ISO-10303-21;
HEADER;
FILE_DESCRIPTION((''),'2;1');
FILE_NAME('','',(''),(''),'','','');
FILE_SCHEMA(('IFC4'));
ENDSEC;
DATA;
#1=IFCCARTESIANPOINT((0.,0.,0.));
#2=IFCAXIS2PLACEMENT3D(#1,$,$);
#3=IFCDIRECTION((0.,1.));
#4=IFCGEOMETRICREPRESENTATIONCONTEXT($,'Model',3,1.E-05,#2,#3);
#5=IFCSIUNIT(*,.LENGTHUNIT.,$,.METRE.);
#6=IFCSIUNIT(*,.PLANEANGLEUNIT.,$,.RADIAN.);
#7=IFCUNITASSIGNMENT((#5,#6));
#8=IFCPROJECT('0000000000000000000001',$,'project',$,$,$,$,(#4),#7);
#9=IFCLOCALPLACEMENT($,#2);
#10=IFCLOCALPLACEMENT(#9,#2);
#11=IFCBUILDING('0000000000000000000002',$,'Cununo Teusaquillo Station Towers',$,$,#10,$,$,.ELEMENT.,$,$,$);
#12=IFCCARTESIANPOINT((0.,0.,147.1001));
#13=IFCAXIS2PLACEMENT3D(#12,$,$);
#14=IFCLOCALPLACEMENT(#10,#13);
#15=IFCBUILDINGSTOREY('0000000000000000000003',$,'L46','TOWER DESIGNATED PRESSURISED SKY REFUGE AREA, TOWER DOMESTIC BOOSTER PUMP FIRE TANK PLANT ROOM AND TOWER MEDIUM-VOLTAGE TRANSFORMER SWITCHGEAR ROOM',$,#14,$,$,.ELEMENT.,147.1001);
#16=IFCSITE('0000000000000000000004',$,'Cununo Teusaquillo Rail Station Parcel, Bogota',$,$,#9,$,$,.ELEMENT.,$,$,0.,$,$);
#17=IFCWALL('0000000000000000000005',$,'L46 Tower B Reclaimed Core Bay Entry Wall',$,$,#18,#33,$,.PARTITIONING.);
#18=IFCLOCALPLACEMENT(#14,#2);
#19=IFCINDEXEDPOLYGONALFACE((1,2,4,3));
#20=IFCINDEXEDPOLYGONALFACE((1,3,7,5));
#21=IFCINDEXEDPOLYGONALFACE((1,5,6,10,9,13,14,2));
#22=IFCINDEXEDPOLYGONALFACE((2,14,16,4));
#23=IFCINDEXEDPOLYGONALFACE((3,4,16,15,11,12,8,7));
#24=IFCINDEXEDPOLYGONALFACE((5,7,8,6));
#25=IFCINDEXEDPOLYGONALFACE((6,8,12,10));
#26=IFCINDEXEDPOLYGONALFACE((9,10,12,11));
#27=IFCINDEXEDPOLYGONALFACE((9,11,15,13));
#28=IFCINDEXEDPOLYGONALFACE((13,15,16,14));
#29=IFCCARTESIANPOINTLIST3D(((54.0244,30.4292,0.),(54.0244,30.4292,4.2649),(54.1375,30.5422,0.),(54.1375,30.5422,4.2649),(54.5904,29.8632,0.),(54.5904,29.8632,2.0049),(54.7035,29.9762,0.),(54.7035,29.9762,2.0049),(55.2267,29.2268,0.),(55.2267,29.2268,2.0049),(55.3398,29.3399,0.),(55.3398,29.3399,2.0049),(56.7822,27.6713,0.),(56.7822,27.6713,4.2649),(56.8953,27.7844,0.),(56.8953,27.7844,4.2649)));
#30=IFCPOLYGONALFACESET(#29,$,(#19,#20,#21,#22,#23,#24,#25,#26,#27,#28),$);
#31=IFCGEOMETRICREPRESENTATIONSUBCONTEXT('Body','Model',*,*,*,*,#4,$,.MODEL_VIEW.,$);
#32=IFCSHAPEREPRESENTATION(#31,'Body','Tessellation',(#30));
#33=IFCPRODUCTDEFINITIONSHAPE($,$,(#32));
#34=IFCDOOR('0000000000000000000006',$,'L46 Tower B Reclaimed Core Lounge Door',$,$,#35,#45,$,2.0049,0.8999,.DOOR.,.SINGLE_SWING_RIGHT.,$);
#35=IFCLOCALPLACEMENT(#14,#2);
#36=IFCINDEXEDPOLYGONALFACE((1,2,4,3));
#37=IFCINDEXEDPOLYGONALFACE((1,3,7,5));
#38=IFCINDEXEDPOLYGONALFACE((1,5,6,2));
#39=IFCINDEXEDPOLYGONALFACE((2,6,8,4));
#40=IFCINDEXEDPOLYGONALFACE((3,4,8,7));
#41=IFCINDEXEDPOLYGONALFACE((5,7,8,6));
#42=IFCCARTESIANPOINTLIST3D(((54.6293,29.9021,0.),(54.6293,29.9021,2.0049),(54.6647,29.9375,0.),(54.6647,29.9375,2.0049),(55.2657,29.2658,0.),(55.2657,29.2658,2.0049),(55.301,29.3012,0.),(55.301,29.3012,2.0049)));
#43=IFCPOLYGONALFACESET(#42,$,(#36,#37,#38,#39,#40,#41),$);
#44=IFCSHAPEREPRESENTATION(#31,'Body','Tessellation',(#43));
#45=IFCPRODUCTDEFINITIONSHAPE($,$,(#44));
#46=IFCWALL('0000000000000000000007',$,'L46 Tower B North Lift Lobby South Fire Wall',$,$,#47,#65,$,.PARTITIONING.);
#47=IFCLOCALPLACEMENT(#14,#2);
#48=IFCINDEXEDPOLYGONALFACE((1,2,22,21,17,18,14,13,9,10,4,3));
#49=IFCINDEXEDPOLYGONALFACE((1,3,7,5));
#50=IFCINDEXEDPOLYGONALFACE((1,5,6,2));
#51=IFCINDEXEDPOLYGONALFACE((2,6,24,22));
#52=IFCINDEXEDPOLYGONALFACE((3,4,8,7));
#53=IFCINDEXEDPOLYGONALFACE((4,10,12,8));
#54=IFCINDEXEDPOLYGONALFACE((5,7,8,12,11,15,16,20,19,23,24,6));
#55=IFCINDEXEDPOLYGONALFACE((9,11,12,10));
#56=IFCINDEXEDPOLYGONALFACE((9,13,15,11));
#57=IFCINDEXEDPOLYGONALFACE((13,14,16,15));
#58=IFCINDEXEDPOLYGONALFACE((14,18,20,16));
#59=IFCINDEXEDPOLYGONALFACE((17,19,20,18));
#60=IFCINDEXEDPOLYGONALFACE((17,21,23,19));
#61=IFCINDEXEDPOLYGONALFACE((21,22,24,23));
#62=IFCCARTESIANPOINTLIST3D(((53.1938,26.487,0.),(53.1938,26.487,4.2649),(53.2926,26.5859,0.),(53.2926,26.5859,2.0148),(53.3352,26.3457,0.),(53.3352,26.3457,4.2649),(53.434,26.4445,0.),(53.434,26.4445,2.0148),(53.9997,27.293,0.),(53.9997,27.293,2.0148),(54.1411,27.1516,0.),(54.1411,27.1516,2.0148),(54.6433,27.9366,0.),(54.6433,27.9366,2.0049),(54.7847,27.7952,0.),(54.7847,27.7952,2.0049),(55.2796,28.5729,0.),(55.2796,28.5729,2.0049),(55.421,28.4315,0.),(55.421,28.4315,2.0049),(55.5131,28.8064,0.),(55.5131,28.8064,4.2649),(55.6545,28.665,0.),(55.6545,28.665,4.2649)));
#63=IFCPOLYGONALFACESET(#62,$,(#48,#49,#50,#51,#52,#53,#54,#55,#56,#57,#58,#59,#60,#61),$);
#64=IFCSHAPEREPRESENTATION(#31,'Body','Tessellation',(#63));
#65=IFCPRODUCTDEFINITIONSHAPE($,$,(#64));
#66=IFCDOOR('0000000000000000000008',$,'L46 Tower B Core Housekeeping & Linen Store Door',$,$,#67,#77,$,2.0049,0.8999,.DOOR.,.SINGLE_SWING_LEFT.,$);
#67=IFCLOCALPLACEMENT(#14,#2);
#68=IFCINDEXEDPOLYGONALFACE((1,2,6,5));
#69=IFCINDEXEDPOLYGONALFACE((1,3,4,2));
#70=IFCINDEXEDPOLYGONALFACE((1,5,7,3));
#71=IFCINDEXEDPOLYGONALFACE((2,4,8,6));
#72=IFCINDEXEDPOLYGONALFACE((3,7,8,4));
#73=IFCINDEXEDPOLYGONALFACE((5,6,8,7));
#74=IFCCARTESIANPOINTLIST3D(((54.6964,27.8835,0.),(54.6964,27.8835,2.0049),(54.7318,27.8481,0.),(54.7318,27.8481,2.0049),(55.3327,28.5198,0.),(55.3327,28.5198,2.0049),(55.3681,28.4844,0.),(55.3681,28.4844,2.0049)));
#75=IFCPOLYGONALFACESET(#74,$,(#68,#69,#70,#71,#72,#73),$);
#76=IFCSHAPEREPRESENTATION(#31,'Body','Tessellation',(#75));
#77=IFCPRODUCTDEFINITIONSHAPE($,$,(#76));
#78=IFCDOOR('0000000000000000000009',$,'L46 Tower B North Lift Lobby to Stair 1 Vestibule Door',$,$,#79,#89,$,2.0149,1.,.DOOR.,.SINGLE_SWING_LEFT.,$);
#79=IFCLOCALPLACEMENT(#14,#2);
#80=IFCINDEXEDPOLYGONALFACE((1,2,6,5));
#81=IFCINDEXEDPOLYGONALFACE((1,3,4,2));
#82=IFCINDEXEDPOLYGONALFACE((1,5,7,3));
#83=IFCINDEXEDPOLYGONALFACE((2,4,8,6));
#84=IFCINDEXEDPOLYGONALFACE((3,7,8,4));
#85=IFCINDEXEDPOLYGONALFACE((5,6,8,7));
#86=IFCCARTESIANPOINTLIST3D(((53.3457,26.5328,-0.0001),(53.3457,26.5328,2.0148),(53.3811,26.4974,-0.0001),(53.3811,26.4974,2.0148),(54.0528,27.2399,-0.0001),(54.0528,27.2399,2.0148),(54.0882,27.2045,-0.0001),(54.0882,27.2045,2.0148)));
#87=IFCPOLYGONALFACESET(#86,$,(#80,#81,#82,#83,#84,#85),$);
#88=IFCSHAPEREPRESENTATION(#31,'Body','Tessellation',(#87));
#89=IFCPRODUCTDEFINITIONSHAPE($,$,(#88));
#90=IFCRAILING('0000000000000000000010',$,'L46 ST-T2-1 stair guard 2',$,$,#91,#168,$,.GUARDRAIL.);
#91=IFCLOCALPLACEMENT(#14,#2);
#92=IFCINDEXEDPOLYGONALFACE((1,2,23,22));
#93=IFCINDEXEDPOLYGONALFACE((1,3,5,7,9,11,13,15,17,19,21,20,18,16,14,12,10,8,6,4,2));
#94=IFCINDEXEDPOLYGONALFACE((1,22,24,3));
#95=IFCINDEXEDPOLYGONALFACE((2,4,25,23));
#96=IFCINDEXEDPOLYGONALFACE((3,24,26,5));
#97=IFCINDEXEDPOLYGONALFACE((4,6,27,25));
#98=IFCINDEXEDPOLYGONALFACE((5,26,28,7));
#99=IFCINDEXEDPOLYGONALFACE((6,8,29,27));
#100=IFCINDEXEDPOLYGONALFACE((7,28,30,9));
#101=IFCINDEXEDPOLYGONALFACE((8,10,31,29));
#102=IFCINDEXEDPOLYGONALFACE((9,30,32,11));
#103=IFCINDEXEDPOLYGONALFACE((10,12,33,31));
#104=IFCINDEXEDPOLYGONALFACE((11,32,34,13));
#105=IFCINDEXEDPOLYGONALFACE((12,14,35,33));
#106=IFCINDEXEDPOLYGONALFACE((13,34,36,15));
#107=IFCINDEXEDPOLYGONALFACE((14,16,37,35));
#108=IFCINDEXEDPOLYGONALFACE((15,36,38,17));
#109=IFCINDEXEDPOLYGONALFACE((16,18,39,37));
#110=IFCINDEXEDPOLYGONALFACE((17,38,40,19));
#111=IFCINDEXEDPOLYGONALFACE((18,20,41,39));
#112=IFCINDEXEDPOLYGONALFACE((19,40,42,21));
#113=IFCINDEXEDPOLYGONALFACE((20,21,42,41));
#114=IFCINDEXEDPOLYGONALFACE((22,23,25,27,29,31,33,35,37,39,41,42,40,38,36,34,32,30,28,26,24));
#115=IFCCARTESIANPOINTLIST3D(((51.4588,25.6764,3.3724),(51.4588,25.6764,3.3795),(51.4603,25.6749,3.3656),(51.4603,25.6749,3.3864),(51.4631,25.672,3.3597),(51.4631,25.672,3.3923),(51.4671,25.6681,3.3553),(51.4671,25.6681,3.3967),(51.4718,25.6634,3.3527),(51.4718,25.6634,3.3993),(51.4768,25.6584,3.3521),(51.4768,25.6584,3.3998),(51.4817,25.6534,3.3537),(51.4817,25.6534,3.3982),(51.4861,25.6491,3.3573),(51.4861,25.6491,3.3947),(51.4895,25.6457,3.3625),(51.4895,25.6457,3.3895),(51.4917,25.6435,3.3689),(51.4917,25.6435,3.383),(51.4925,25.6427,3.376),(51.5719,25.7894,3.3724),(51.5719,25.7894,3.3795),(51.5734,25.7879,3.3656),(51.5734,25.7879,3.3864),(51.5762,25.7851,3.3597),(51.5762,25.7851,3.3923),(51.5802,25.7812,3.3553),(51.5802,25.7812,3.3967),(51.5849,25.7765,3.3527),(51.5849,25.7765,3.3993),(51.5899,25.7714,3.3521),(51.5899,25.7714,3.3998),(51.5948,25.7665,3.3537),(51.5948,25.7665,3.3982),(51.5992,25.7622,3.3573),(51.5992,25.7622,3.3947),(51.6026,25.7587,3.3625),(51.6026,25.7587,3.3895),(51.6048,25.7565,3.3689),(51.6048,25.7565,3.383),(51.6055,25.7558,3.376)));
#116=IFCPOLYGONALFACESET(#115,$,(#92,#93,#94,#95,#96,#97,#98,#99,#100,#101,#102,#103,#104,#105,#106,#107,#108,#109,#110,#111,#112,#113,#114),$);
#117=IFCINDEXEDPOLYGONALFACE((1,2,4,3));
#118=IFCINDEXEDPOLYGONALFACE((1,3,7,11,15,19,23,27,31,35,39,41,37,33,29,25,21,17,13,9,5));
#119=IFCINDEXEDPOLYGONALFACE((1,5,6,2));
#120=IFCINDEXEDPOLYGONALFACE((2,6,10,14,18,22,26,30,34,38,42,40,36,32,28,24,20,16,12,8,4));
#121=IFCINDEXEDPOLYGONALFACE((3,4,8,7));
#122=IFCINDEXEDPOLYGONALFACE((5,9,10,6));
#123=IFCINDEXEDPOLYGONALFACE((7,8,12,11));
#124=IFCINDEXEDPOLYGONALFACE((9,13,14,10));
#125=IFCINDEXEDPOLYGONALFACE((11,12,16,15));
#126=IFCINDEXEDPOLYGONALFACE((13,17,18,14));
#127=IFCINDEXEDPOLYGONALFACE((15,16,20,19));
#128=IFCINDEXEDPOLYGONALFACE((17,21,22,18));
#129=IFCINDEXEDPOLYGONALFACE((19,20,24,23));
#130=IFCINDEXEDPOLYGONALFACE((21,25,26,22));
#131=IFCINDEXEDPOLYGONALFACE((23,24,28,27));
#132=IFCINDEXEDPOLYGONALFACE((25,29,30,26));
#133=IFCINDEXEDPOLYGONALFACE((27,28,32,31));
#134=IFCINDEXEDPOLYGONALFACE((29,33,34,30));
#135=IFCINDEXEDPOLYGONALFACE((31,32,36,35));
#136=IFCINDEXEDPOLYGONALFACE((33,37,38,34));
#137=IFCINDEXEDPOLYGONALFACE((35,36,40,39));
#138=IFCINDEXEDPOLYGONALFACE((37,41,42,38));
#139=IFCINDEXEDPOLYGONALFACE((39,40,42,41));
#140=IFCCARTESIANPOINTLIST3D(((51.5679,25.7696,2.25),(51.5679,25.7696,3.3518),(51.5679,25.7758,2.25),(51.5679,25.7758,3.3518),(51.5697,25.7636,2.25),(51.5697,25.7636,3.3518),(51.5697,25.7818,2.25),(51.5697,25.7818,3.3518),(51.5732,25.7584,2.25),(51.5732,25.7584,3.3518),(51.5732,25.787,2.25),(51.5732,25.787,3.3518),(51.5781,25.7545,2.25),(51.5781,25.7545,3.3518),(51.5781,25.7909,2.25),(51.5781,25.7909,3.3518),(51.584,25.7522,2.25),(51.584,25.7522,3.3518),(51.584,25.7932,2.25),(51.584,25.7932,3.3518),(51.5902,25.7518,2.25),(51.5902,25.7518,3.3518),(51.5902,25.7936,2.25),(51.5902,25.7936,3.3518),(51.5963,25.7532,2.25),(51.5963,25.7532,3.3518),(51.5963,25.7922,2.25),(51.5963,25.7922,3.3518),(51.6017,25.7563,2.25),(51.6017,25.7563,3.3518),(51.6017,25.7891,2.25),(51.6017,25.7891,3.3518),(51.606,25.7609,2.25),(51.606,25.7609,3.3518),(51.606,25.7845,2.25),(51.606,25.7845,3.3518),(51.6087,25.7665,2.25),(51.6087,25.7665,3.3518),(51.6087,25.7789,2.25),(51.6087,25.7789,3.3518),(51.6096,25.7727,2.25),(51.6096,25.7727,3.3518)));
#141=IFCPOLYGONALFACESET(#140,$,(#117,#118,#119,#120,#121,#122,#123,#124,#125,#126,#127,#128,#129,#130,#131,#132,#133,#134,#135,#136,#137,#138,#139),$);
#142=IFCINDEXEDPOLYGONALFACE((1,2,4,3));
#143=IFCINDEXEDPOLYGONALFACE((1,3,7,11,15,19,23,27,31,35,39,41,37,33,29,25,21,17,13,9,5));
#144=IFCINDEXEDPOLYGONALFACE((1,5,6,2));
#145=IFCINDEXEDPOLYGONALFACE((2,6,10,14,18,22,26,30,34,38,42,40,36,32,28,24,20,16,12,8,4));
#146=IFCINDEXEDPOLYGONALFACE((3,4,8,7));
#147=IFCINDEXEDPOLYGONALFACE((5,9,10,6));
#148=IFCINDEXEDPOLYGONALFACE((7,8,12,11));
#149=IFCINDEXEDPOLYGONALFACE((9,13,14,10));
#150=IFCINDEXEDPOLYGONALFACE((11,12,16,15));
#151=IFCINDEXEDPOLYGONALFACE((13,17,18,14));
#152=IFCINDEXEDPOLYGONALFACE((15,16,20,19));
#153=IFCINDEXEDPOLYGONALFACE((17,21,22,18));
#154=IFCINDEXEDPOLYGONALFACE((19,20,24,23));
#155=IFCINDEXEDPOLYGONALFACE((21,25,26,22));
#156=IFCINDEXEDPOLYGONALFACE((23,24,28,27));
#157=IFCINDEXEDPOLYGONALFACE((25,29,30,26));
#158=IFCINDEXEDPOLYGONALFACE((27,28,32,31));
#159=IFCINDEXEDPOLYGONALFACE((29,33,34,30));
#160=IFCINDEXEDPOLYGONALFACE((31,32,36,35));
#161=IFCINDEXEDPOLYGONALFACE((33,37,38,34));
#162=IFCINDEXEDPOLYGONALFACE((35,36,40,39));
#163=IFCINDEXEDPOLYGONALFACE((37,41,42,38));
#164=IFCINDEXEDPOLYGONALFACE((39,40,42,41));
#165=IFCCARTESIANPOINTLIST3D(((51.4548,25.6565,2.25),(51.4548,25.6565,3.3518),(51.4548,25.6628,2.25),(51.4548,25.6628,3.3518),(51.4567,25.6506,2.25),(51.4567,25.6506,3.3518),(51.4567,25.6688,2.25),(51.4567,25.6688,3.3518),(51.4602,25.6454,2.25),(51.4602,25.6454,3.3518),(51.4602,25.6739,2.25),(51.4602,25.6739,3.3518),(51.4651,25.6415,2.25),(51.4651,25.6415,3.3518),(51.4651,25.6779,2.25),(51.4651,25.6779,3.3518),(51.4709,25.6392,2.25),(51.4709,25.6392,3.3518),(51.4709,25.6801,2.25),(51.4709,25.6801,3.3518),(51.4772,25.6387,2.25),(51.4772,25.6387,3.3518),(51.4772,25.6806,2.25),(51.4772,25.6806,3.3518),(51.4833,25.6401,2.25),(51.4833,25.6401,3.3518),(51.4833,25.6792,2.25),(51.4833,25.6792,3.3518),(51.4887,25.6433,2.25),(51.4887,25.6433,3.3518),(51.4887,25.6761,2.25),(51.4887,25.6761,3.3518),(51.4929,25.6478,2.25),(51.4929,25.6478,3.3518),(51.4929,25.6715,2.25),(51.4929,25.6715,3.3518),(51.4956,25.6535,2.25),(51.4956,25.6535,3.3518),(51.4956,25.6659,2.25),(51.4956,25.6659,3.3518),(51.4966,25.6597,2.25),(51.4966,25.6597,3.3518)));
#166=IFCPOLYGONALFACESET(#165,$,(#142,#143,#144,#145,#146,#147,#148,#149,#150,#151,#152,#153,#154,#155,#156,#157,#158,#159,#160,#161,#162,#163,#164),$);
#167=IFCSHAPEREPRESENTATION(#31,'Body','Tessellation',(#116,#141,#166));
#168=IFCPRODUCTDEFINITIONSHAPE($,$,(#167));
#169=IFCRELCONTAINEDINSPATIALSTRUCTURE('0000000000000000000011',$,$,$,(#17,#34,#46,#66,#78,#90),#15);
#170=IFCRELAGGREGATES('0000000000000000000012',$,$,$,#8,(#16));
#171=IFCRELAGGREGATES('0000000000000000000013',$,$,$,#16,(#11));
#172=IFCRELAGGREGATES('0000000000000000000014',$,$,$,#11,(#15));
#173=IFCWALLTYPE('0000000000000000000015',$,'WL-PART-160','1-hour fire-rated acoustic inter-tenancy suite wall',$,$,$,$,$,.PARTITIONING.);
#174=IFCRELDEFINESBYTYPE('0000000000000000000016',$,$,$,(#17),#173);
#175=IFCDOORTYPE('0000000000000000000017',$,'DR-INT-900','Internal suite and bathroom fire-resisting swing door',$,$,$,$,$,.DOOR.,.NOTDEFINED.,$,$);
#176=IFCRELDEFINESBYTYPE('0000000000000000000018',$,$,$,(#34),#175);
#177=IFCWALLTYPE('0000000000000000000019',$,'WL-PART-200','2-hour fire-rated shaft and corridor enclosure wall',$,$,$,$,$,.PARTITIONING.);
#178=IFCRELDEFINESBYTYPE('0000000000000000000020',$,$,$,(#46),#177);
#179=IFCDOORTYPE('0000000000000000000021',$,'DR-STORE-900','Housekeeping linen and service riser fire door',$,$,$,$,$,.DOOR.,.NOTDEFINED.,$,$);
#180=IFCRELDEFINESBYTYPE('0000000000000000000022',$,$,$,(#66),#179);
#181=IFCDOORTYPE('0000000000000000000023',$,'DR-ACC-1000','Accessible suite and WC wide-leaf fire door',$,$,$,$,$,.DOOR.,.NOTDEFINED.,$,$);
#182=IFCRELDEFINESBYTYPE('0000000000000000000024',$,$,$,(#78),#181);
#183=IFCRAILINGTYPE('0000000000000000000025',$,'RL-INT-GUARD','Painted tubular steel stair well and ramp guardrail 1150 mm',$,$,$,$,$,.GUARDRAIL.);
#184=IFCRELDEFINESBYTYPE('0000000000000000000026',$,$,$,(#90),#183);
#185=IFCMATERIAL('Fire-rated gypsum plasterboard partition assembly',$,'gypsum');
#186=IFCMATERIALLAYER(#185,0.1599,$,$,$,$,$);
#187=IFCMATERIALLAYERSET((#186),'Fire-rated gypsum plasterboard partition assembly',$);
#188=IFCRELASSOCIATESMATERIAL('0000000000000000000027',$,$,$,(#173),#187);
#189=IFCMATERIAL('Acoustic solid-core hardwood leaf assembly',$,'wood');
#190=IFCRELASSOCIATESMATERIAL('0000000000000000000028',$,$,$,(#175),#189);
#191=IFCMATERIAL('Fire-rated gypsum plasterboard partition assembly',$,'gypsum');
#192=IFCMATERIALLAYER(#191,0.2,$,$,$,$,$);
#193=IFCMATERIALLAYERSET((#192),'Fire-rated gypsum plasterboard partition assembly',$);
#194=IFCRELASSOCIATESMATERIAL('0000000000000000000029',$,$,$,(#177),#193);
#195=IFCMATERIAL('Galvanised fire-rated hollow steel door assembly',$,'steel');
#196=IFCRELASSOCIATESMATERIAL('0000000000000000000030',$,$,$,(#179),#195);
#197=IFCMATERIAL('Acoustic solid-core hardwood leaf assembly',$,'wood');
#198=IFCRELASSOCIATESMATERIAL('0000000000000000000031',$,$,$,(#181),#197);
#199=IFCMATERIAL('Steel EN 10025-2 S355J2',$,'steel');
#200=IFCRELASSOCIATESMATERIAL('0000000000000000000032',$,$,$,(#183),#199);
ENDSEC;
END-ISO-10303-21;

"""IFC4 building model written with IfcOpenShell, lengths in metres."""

from ifc_helpers import new_model, si_unit, direction, frame, frame_2d, origin, origin_2d, place, context, subcontext, project, spatial, rectangle, circle, extrude, source, transform, mapped, material, layer, layer_set, type_object, element, fill, save


model = new_model("IFC4")

# Units and contexts
model_context = context("Model", 3, precision=1e-05, world=origin(), true_north=direction((0.0, 1.0)))
body_context = subcontext(model_context, "Body", "Model", "MODEL_VIEW")
ifc_project = project(units=[si_unit("LENGTHUNIT", "METRE"), si_unit("PLANEANGLEUNIT", "RADIAN")], contexts=[model_context])

# Site, building, storey
site_placement = place(None, origin())
site = spatial("IfcSite", under=ifc_project, at=site_placement, Name="Cununo Teusaquillo Rail Station Parcel, Bogota", CompositionType="ELEMENT", RefElevation=0.0)
building_placement = place(site_placement, origin())
building = spatial("IfcBuilding", under=site, at=building_placement, Name="Cununo Teusaquillo Station Towers", CompositionType="ELEMENT")
storey_placement = place(building_placement, frame((0.0, 0.0, 147.1001)))
storey = spatial("IfcBuildingStorey", under=building, at=storey_placement, Name="L46", Description="TOWER DESIGNATED PRESSURISED SKY REFUGE AREA, TOWER DOMESTIC BOOSTER PUMP FIRE TANK PLANT ROOM AND TOWER MEDIUM-VOLTAGE TRANSFORMER SWITCHGEAR ROOM", CompositionType="ELEMENT", Elevation=147.1001)

# Wall, opening, door
ifc_material_1 = material(Name="Fire-rated gypsum plasterboard partition assembly", Category="gypsum")
ifc_layer_1 = layer(ifc_material_1, 0.1599)
ifc_layer_set_1 = layer_set([ifc_layer_1], Name="Fire-rated gypsum plasterboard partition assembly")
wall_type_1 = type_object("IfcWallType", Name="WL-PART-160", Description="1-hour fire-rated acoustic inter-tenancy suite wall", PredefinedType="PARTITIONING", material=ifc_layer_set_1)
wall_1_placement = place(storey_placement, frame((56.8389, 27.7278, 0.0), z_axis=(0.0, 0.0, 1.0), x_axis=(-0.707107, 0.707107, 0.0)))
wall_1 = element("IfcWall", 1, at=wall_1_placement, inside=storey, type_object=wall_type_1, Name="L46 Tower B Reclaimed Core Bay Entry Wall", PredefinedType="PARTITIONING", context=body_context, shape_type="SweptSolid", body=[
    extrude(rectangle(XDim=3.9001, YDim=0.1599, at=frame_2d((1.9502, 0.0))), origin(), (0.0, 0.0, 1.0), 4.2649),
])
shared_shape_1 = source(origin(), body_context, "Body", "SweptSolid", [
    extrude(rectangle(XDim=0.8999, YDim=2.0049, at=frame_2d((0.45, 1.0024))), frame((0.0, 0.0898, 0.0), z_axis=(0.0, -1.0, 0.0), x_axis=(1.0, 0.0, 0.0)), (0.0, 0.0, 1.0), 0.1799),
])
opening_1_placement = place(wall_1_placement, frame((2.2, 0.0, 0.0)))
opening_1 = element("IfcOpeningElement", 2, at=opening_1_placement, cuts=wall_1, PredefinedType="OPENING", context=body_context, shape_type="MappedRepresentation", body=[
    mapped(shared_shape_1, transform((0.0, 0.0, 0.0), x_axis=(1.0, 0.0, 0.0), y_axis=(0.0, 1.0, 0.0), z_axis=(0.0, 0.0, 1.0), scale=1.0)),
])
ifc_material_2 = material(Name="Acoustic solid-core hardwood leaf assembly", Category="wood")
door_type_1 = type_object("IfcDoorType", Name="DR-INT-900", Description="Internal suite and bathroom fire-resisting swing door", OperationType="NOTDEFINED", PredefinedType="DOOR", material=ifc_material_2)
shared_shape_2 = source(origin(), body_context, "Body", "SweptSolid", [
    extrude(rectangle(XDim=0.8999, YDim=2.0049, at=frame_2d((0.45, 1.0024))), frame((0.0, 0.0249, 0.0), z_axis=(0.0, -1.0, 0.0), x_axis=(1.0, 0.0, 0.0)), (0.0, 0.0, 1.0), 0.05),
])
door_1_placement = place(opening_1_placement, origin())
door_1 = element("IfcDoor", 3, at=door_1_placement, inside=storey, type_object=door_type_1, Name="L46 Tower B Reclaimed Core Lounge Door", OperationType="SINGLE_SWING_RIGHT", OverallHeight=2.0049, OverallWidth=0.8999, PredefinedType="DOOR", context=body_context, shape_type="MappedRepresentation", body=[
    mapped(shared_shape_2, transform((0.0, 0.0, 0.0), x_axis=(1.0, 0.0, 0.0), y_axis=(0.0, 1.0, 0.0), z_axis=(0.0, 0.0, 1.0), scale=1.0)),
])
fill(opening_1, door_1)

# Wall, openings, doors
ifc_material_3 = material(Name="Fire-rated gypsum plasterboard partition assembly", Category="gypsum")
ifc_layer_2 = layer(ifc_material_3, 0.2)
ifc_layer_set_2 = layer_set([ifc_layer_2], Name="Fire-rated gypsum plasterboard partition assembly")
wall_type_2 = type_object("IfcWallType", Name="WL-PART-200", Description="2-hour fire-rated shaft and corridor enclosure wall", PredefinedType="PARTITIONING", material=ifc_layer_set_2)
wall_2_placement = place(storey_placement, frame((53.2644, 26.4163, 0.0), z_axis=(0.0, 0.0, 1.0), x_axis=(0.707107, 0.707107, 0.0)))
wall_2 = element("IfcWall", 4, at=wall_2_placement, inside=storey, type_object=wall_type_2, Name="L46 Tower B North Lift Lobby South Fire Wall", PredefinedType="PARTITIONING", context=body_context, shape_type="SweptSolid", body=[
    extrude(rectangle(XDim=3.28, YDim=0.2, at=frame_2d((1.6401, 0.0))), origin(), (0.0, 0.0, 1.0), 4.2649),
])
shared_shape_3 = source(origin(), body_context, "Body", "SweptSolid", [
    extrude(rectangle(XDim=1.0, YDim=2.0149, at=frame_2d((0.5, 1.0073))), frame((0.0, 0.1099, 0.0), z_axis=(0.0, -1.0, 0.0), x_axis=(1.0, 0.0, 0.0)), (0.0, 0.0, 1.0), 0.22),
])
opening_2_placement = place(wall_2_placement, frame((0.1399, 0.0, 0.0)))
opening_2 = element("IfcOpeningElement", 5, at=opening_2_placement, cuts=wall_2, PredefinedType="OPENING", context=body_context, shape_type="MappedRepresentation", body=[
    mapped(shared_shape_3, transform((0.0, 0.0, 0.0), x_axis=(1.0, 0.0, 0.0), y_axis=(0.0, 1.0, 0.0), z_axis=(0.0, 0.0, 1.0), scale=1.0)),
])
shared_shape_4 = source(origin(), body_context, "Body", "SweptSolid", [
    extrude(rectangle(XDim=0.8999, YDim=2.0049, at=frame_2d((0.45, 1.0024))), frame((0.0, 0.1099, 0.0), z_axis=(0.0, -1.0, 0.0), x_axis=(1.0, 0.0, 0.0)), (0.0, 0.0, 1.0), 0.22),
])
opening_3_placement = place(wall_2_placement, frame((2.05, 0.0, 0.0)))
opening_3 = element("IfcOpeningElement", 6, at=opening_3_placement, cuts=wall_2, PredefinedType="OPENING", context=body_context, shape_type="MappedRepresentation", body=[
    mapped(shared_shape_4, transform((0.0, 0.0, 0.0), x_axis=(1.0, 0.0, 0.0), y_axis=(0.0, 1.0, 0.0), z_axis=(0.0, 0.0, 1.0), scale=1.0)),
])
ifc_material_4 = material(Name="Galvanised fire-rated hollow steel door assembly", Category="steel")
door_type_2 = type_object("IfcDoorType", Name="DR-STORE-900", Description="Housekeeping linen and service riser fire door", OperationType="NOTDEFINED", PredefinedType="DOOR", material=ifc_material_4)
door_2_placement = place(opening_3_placement, origin())
door_2 = element("IfcDoor", 7, at=door_2_placement, inside=storey, type_object=door_type_2, Name="L46 Tower B Core Housekeeping & Linen Store Door", OperationType="SINGLE_SWING_LEFT", OverallHeight=2.0049, OverallWidth=0.8999, PredefinedType="DOOR", context=body_context, shape_type="MappedRepresentation", body=[
    mapped(shared_shape_2, transform((0.0, 0.0, 0.0), x_axis=(1.0, 0.0, 0.0), y_axis=(0.0, 1.0, 0.0), z_axis=(0.0, 0.0, 1.0), scale=1.0)),
])
fill(opening_3, door_2)
ifc_material_5 = material(Name="Acoustic solid-core hardwood leaf assembly", Category="wood")
door_type_3 = type_object("IfcDoorType", Name="DR-ACC-1000", Description="Accessible suite and WC wide-leaf fire door", OperationType="NOTDEFINED", PredefinedType="DOOR", material=ifc_material_5)
shared_shape_5 = source(origin(), body_context, "Body", "SweptSolid", [
    extrude(rectangle(XDim=1.0, YDim=2.0149, at=frame_2d((0.5, 1.0073))), frame((0.0, 0.0249, 0.0), z_axis=(0.0, -1.0, 0.0), x_axis=(1.0, 0.0, 0.0)), (0.0, 0.0, 1.0), 0.05),
])
door_3_placement = place(opening_2_placement, origin())
door_3 = element("IfcDoor", 8, at=door_3_placement, inside=storey, type_object=door_type_3, Name="L46 Tower B North Lift Lobby to Stair 1 Vestibule Door", OperationType="SINGLE_SWING_LEFT", OverallHeight=2.0149, OverallWidth=1.0, PredefinedType="DOOR", context=body_context, shape_type="MappedRepresentation", body=[
    mapped(shared_shape_5, transform((0.0, 0.0, 0.0), x_axis=(1.0, 0.0, 0.0), y_axis=(0.0, 1.0, 0.0), z_axis=(0.0, 0.0, 1.0), scale=1.0)),
])
fill(opening_2, door_3)

# Railing
ifc_material_6 = material(Name="Steel EN 10025-2 S355J2", Category="steel")
railing_type = type_object("IfcRailingType", Name="RL-INT-GUARD", Description="Painted tubular steel stair well and ramp guardrail 1150 mm", PredefinedType="GUARDRAIL", material=ifc_material_6)
railing_1_placement = place(storey_placement, frame((51.5886, 25.7727, 2.25)))
element("IfcRailing", 9, at=railing_1_placement, inside=storey, type_object=railing_type, Name="L46 ST-T2-1 stair guard 2", PredefinedType="GUARDRAIL", context=body_context, shape_type="SweptSolid", body=[
    extrude(circle(Radius=0.0239, at=origin_2d()), frame((0.0, 0.0, 1.126), z_axis=(-0.707107, -0.707107, 0.0), x_axis=(0.707107, -0.707107, 0.0)), (0.0, 0.0, 1.0), 0.1599),
    extrude(circle(Radius=0.021, at=origin_2d()), origin(), (0.0, 0.0, 1.0), 1.1018),
    extrude(circle(Radius=0.021, at=origin_2d()), frame((-0.113, -0.113, 0.0)), (0.0, 0.0, 1.0), 1.1018),
])

save(model, "model.ifc")
